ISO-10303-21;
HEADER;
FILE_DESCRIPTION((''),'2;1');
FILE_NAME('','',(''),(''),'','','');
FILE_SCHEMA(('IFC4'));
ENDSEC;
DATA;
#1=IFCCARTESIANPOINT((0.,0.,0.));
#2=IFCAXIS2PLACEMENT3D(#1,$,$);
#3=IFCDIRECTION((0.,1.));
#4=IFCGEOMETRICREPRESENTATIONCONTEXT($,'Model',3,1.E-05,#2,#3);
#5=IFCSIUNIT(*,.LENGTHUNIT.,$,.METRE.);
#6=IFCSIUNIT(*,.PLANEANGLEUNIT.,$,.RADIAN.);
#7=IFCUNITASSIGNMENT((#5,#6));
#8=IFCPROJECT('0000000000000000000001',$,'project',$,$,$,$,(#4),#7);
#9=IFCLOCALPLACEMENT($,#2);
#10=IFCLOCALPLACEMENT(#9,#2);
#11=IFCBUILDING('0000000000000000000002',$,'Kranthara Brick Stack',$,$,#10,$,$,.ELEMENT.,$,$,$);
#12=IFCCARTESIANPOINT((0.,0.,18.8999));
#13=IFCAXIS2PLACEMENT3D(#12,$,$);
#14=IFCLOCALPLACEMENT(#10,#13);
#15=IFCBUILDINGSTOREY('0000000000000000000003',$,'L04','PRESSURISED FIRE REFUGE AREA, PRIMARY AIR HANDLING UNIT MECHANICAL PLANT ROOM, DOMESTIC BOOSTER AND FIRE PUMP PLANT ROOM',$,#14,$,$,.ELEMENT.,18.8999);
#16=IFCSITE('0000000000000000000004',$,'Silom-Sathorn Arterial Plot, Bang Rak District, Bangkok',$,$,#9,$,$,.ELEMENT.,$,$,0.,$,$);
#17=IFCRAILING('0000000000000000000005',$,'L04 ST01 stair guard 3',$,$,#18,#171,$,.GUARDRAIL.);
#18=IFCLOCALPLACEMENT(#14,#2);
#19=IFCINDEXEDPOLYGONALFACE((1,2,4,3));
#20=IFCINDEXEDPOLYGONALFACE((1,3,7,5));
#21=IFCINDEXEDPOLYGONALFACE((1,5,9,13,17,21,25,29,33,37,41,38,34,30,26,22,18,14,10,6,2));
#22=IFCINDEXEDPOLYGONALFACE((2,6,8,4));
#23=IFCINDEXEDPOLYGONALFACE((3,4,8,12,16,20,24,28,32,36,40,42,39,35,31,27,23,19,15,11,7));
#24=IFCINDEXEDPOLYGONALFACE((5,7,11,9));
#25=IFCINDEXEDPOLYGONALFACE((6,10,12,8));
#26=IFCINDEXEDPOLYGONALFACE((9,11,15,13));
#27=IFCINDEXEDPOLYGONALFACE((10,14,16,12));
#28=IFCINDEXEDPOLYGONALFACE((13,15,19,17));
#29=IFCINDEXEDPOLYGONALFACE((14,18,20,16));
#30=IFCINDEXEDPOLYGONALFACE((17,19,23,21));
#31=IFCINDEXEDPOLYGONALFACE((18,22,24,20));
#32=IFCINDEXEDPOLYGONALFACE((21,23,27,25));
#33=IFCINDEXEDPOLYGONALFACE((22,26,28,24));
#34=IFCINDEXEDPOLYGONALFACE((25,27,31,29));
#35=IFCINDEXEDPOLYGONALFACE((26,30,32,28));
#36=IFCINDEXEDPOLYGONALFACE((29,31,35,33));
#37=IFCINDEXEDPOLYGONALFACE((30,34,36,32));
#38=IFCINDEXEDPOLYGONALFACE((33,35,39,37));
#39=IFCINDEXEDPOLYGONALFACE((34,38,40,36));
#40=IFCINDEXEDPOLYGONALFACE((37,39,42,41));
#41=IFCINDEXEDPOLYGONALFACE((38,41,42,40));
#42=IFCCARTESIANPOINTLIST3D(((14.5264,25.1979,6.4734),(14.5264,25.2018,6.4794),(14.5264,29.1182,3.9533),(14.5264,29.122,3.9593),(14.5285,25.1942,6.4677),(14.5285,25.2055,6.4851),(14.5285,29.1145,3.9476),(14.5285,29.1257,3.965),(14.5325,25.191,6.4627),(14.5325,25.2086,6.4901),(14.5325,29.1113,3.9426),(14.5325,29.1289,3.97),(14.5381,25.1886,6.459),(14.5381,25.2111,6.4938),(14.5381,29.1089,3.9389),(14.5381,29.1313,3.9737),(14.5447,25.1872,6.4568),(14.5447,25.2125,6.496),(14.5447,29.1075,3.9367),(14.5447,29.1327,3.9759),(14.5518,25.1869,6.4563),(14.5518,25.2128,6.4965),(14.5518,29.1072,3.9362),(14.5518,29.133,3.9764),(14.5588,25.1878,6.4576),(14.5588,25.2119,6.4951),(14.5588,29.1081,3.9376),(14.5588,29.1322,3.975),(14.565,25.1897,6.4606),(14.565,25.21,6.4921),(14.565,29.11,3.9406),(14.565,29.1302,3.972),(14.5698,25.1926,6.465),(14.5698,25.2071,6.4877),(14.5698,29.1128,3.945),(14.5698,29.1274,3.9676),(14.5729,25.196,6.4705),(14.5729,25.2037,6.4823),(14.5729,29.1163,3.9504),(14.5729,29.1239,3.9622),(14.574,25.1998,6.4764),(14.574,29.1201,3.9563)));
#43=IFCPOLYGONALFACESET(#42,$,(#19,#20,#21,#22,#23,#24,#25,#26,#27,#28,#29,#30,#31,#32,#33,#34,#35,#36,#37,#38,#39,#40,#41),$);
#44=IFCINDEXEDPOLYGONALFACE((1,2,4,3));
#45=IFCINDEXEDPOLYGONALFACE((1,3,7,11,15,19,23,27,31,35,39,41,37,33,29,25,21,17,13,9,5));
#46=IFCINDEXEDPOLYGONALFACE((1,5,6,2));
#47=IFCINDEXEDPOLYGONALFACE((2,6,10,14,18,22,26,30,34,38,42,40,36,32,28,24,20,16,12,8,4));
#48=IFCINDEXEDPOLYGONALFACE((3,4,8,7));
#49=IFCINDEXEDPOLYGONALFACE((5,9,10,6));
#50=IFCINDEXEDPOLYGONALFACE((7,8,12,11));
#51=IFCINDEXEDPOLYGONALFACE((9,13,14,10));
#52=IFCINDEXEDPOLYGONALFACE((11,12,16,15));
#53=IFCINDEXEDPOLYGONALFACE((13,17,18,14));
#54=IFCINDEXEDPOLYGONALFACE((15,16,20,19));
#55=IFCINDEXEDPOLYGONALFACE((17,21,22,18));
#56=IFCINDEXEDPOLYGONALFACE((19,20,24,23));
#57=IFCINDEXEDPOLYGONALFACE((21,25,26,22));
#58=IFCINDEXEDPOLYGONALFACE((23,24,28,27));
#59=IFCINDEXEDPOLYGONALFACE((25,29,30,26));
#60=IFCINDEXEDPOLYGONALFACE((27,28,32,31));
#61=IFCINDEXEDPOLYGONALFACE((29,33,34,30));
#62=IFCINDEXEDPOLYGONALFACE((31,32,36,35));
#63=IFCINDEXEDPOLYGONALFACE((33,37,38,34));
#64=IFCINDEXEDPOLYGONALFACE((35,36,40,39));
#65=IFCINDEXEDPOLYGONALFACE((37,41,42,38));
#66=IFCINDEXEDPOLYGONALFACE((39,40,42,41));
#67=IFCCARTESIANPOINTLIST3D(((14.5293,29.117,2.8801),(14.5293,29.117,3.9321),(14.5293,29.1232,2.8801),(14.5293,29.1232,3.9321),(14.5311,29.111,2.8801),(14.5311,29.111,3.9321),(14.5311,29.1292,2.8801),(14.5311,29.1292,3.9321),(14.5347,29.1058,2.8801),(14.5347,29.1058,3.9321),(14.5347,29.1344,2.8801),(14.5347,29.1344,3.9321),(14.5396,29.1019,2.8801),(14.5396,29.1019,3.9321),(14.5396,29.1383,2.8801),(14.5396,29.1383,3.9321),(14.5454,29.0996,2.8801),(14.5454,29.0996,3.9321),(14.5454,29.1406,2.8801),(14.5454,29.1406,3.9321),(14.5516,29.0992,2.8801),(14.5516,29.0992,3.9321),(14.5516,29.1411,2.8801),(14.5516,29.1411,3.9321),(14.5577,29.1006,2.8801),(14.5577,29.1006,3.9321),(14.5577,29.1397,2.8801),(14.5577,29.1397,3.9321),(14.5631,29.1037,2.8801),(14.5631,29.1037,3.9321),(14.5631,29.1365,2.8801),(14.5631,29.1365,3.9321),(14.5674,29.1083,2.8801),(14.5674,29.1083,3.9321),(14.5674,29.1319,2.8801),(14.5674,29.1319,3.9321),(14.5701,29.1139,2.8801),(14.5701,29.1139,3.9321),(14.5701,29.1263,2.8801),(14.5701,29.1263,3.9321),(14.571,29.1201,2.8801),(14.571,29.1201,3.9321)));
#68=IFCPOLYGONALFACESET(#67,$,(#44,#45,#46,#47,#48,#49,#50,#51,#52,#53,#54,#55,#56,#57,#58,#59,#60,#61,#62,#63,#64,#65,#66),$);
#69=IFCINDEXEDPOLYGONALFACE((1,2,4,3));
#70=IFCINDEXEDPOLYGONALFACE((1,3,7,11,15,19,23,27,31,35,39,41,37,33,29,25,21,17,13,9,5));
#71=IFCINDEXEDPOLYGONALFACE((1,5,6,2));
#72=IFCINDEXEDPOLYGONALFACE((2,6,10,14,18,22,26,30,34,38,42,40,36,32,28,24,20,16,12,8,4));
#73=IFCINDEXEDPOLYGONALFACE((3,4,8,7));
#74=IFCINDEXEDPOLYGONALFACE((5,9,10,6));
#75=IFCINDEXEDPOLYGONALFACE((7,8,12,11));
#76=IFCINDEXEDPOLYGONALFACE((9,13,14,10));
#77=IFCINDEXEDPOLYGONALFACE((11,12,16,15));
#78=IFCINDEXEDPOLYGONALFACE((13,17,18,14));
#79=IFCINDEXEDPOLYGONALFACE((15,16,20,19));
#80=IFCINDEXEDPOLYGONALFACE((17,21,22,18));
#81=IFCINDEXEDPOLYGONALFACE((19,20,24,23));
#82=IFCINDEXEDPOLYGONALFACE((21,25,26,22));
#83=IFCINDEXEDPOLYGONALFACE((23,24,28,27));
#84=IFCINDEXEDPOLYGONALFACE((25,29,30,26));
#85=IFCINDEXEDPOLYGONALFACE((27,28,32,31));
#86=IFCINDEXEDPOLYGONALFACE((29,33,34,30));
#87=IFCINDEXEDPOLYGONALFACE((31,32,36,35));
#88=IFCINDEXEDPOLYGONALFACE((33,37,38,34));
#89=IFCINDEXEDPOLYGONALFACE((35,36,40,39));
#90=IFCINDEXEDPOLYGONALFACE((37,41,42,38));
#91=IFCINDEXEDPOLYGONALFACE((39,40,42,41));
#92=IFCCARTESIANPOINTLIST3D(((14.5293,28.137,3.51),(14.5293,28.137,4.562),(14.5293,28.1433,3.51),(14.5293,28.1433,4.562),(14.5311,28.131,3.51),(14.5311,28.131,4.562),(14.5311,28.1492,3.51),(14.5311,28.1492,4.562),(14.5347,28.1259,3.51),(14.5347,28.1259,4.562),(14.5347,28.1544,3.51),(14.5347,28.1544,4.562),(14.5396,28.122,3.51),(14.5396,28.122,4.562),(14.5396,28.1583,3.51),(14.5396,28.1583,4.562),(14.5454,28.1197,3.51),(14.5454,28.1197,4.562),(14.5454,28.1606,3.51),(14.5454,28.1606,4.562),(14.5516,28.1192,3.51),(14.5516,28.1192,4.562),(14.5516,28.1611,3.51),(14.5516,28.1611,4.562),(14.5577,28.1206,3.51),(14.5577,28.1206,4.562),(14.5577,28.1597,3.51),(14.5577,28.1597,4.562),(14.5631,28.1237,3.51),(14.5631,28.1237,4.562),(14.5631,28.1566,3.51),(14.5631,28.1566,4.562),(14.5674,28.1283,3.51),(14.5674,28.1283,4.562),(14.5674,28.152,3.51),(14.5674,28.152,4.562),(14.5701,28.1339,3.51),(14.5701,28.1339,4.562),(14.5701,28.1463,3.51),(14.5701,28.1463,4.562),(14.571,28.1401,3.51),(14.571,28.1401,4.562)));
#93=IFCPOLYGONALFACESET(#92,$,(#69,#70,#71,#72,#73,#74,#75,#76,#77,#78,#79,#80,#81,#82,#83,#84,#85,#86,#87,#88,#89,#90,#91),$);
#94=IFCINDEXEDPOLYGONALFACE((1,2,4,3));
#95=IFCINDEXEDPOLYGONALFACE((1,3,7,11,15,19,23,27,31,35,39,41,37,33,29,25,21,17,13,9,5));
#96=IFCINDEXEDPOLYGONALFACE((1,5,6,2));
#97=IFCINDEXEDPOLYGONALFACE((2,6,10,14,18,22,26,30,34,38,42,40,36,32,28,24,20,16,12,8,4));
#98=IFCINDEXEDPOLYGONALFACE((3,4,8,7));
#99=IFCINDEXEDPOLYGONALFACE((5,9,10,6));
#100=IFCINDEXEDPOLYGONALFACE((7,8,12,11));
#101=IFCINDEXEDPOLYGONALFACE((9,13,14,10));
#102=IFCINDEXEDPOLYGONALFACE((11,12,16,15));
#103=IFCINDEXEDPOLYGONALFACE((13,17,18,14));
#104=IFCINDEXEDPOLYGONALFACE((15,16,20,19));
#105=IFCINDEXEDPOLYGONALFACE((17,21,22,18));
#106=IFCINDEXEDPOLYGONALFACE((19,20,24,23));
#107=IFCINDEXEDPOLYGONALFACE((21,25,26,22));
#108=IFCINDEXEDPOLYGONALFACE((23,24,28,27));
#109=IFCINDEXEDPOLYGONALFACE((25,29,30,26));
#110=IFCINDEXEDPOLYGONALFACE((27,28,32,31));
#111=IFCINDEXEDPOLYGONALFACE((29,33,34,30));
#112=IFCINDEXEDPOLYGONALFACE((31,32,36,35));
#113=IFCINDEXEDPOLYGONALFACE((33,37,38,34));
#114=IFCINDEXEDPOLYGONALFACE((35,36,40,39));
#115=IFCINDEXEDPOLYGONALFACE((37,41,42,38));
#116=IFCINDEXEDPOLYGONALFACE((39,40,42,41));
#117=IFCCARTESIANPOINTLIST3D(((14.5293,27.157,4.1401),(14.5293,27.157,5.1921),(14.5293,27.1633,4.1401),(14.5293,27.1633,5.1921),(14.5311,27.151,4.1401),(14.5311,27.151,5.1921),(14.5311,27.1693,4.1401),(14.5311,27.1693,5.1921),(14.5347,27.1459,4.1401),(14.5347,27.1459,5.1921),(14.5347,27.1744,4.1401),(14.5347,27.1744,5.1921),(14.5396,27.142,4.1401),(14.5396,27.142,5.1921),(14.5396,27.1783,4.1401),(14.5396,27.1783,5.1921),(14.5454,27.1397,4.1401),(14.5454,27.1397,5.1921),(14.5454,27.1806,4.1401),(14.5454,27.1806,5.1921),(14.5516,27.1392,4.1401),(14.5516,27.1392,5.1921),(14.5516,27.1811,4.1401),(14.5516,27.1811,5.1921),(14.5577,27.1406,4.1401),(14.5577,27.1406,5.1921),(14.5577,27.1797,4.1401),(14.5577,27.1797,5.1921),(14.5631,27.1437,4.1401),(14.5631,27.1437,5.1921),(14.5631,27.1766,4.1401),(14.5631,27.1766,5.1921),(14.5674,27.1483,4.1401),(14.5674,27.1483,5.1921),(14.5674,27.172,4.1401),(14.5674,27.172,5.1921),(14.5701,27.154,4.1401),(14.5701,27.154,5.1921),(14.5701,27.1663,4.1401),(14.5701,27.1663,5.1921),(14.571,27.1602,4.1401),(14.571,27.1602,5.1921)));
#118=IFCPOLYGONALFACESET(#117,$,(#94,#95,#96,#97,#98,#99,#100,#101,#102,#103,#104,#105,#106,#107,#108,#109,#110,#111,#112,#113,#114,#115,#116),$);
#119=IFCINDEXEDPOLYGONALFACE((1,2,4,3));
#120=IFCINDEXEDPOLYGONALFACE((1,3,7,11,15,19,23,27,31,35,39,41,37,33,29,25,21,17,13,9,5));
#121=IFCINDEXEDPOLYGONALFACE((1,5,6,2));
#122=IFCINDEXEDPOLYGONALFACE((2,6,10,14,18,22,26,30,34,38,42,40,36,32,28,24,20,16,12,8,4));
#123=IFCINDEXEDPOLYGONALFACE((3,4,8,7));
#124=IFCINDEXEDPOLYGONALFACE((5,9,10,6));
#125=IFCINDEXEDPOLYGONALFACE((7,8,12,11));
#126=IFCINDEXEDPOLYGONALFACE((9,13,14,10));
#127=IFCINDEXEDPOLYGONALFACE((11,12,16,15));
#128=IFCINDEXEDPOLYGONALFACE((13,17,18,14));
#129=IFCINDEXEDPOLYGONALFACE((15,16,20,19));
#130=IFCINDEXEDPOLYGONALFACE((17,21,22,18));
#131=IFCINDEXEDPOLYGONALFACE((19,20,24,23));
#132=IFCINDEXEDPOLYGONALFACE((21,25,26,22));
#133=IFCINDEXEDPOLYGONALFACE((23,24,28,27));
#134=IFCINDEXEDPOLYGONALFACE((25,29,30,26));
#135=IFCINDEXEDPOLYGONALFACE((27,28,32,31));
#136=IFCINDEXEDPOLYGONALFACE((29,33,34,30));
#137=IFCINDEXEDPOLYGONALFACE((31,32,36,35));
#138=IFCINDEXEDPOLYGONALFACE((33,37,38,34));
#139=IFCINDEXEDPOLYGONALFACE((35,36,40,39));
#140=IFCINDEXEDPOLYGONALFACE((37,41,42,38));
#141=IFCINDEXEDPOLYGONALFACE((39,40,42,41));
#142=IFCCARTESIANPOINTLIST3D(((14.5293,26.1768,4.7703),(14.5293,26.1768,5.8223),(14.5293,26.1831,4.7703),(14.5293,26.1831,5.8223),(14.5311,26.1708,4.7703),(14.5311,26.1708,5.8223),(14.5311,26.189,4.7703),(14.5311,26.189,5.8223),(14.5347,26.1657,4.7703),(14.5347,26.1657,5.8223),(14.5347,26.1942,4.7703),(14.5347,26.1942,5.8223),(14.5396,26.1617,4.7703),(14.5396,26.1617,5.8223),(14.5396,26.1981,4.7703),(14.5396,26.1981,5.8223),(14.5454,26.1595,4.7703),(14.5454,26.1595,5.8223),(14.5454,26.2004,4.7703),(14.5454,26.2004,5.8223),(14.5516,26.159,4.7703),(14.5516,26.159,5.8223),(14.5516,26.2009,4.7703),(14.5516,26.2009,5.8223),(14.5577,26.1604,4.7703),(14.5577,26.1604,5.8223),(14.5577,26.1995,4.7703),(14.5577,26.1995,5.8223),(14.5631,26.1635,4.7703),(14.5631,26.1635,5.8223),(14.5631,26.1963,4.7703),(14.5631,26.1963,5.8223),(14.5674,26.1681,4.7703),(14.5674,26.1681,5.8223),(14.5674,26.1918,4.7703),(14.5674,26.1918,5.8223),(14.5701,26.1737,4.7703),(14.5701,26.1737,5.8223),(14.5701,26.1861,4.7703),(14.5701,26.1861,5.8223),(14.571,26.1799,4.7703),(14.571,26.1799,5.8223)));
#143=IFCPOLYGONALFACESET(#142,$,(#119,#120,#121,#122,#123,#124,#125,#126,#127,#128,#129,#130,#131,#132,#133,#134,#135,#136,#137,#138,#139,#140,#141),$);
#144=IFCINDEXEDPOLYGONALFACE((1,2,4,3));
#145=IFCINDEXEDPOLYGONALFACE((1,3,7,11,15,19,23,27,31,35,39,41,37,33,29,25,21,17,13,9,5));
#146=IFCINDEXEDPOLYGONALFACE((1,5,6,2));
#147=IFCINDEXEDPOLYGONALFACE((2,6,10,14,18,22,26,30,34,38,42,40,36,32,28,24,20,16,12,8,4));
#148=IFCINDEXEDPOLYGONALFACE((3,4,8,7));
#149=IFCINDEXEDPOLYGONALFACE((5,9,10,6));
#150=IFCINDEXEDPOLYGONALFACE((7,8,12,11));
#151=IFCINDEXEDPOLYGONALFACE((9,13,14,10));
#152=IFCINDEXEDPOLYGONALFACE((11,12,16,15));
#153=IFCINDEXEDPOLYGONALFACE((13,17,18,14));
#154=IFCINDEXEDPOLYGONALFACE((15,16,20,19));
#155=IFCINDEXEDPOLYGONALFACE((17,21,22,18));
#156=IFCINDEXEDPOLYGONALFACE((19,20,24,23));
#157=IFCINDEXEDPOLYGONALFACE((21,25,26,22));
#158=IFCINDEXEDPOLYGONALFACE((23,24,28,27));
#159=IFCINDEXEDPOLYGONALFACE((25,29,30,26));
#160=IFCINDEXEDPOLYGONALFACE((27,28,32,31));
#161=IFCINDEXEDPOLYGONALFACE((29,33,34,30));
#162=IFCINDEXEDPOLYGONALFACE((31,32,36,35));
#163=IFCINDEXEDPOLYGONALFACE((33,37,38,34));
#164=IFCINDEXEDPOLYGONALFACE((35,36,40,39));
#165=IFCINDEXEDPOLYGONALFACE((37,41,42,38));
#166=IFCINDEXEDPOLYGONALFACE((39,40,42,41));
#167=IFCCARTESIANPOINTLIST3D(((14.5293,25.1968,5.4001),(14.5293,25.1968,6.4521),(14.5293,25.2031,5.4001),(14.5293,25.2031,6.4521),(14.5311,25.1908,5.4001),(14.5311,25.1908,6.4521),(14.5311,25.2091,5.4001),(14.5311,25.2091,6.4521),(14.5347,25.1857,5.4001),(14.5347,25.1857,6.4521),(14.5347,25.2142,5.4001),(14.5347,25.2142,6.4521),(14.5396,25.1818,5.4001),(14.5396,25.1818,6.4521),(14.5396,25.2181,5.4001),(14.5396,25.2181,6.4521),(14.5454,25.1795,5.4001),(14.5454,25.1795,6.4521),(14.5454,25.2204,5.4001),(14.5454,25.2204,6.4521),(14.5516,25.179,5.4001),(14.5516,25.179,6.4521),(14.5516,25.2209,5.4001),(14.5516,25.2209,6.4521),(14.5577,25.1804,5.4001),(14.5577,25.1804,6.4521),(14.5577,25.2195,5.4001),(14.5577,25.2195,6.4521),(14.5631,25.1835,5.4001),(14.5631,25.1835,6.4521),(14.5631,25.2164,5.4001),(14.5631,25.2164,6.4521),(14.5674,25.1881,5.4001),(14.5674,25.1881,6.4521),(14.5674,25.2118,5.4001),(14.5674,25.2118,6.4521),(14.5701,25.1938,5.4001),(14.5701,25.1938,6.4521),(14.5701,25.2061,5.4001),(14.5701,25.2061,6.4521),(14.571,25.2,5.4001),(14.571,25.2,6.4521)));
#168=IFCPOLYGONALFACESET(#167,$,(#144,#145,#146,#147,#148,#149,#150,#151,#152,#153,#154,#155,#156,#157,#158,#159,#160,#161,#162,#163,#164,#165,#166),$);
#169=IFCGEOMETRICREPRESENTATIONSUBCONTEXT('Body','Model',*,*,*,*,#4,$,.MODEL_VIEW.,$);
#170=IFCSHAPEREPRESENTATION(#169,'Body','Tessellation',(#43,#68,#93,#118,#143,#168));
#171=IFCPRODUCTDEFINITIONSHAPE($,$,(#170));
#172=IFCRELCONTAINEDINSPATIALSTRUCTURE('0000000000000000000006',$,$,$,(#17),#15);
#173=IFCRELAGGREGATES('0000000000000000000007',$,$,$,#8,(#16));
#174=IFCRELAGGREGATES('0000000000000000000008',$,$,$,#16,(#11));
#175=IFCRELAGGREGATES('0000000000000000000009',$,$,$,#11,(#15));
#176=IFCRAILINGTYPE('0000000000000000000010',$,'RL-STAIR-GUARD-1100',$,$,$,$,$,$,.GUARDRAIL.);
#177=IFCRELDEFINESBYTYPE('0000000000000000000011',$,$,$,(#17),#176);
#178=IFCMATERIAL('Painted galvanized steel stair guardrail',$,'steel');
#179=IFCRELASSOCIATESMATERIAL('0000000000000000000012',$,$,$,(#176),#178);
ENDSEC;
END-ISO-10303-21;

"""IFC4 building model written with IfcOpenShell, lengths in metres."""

from ifc_helpers import new_model, si_unit, direction, frame, origin, origin_2d, place, context, subcontext, project, spatial, circle, extrude, material, type_object, element, save


model = new_model("IFC4")

# Units and contexts
model_context = context("Model", 3, precision=1e-05, world=origin(), true_north=direction((0.0, 1.0)))
body_context = subcontext(model_context, "Body", "Model", "MODEL_VIEW")
ifc_project = project(units=[si_unit("LENGTHUNIT", "METRE"), si_unit("PLANEANGLEUNIT", "RADIAN")], contexts=[model_context])

# Site, building, storey
site_placement = place(None, origin())
site = spatial("IfcSite", under=ifc_project, at=site_placement, Name="Silom-Sathorn Arterial Plot, Bang Rak District, Bangkok", CompositionType="ELEMENT", RefElevation=0.0)
building_placement = place(site_placement, origin())
building = spatial("IfcBuilding", under=site, at=building_placement, Name="Kranthara Brick Stack", CompositionType="ELEMENT")
storey_placement = place(building_placement, frame((0.0, 0.0, 18.8999)))
storey = spatial("IfcBuildingStorey", under=building, at=storey_placement, Name="L04", Description="PRESSURISED FIRE REFUGE AREA, PRIMARY AIR HANDLING UNIT MECHANICAL PLANT ROOM, DOMESTIC BOOSTER AND FIRE PUMP PLANT ROOM", CompositionType="ELEMENT", Elevation=18.8999)

# Railing
ifc_material_1 = material(Name="Painted galvanized steel stair guardrail", Category="steel")
railing_type_1 = type_object("IfcRailingType", Name="RL-STAIR-GUARD-1100", PredefinedType="GUARDRAIL", material=ifc_material_1)
railing_1_placement = place(storey_placement, frame((14.55, 29.1201, 2.8801)))
element("IfcRailing", 1, at=railing_1_placement, inside=storey, type_object=railing_type_1, Name="L04 ST01 stair guard 3", PredefinedType="GUARDRAIL", context=body_context, shape_type="SweptSolid", body=[
    extrude(circle(Radius=0.0239, at=origin_2d()), frame((0.0, 0.0, 1.0762), z_axis=(0.0, -0.841187, 0.540744), x_axis=(1.0, 0.0, 0.0)), (0.0, 0.0, 1.0), 4.6604),
    extrude(circle(Radius=0.021, at=origin_2d()), origin(), (0.0, 0.0, 1.0), 1.052),
    extrude(circle(Radius=0.021, at=origin_2d()), frame((0.0, -0.98, 0.6299)), (0.0, 0.0, 1.0), 1.052),
    extrude(circle(Radius=0.021, at=origin_2d()), frame((0.0, -1.96, 1.26)), (0.0, 0.0, 1.0), 1.052),
    extrude(circle(Radius=0.021, at=origin_2d()), frame((0.0, -2.9402, 1.8901)), (0.0, 0.0, 1.0), 1.052),
    extrude(circle(Radius=0.021, at=origin_2d()), frame((0.0, -3.9202, 2.52)), (0.0, 0.0, 1.0), 1.052),
])

save(model, "model.ifc")
